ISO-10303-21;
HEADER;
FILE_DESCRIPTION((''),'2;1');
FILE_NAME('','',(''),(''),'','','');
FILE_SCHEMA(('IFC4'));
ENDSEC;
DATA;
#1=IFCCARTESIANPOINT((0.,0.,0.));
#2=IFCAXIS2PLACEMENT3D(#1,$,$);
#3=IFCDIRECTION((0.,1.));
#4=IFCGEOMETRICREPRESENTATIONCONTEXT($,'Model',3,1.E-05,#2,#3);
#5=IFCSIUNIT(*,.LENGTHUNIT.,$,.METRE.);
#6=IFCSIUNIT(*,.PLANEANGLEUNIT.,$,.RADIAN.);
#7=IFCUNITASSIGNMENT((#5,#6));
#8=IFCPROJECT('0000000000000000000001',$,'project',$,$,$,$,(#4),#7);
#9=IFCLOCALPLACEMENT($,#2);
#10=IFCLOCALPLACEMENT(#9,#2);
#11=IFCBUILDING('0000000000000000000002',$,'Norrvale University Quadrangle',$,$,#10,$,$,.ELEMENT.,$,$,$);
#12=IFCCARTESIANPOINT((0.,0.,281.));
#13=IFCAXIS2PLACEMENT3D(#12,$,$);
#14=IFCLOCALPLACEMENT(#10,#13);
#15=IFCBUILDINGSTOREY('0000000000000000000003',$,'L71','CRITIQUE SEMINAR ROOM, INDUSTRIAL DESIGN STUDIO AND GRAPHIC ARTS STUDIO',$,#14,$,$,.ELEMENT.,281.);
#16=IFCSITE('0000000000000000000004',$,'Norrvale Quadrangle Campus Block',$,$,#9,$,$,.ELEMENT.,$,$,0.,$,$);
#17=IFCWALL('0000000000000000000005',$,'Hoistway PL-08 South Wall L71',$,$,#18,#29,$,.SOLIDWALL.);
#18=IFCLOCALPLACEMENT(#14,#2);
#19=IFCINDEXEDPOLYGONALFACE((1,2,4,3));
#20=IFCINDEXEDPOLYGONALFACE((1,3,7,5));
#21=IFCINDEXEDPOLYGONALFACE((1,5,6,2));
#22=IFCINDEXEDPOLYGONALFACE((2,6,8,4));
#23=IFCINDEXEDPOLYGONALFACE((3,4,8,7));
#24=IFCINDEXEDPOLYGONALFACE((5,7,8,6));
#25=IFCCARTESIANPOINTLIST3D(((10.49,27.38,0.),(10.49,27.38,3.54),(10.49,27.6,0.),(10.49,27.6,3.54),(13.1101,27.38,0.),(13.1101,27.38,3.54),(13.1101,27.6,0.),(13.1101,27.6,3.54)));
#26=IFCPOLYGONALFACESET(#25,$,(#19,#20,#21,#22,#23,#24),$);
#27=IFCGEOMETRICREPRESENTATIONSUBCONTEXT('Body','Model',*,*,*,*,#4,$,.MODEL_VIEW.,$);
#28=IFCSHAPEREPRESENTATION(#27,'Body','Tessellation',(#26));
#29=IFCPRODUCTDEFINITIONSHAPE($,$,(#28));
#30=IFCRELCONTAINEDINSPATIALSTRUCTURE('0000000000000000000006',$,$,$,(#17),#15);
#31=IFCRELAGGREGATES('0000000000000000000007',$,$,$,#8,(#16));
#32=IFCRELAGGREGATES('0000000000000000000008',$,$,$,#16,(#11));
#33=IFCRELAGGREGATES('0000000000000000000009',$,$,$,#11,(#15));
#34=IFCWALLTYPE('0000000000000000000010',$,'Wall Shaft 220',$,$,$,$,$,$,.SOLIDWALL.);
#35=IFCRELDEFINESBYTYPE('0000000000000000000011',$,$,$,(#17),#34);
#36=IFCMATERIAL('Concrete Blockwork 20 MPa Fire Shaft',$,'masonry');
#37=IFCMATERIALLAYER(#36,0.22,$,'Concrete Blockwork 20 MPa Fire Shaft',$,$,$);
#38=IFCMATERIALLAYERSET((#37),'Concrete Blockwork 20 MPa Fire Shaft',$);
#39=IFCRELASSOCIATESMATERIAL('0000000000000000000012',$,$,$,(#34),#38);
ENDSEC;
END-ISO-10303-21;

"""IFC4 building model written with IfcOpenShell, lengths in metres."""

from ifc_helpers import new_model, si_unit, direction, frame, frame_2d, origin, place, context, subcontext, project, spatial, rectangle, extrude, material, layer, layer_set, type_object, element, save


model = new_model("IFC4")

# Units and contexts
model_context = context("Model", 3, precision=1e-05, world=origin(), true_north=direction((0.0, 1.0)))
body_context = subcontext(model_context, "Body", "Model", "MODEL_VIEW")
ifc_project = project(units=[si_unit("LENGTHUNIT", "METRE"), si_unit("PLANEANGLEUNIT", "RADIAN")], contexts=[model_context])

# Site, building, storey
site_placement = place(None, origin())
site = spatial("IfcSite", under=ifc_project, at=site_placement, Name="Norrvale Quadrangle Campus Block", CompositionType="ELEMENT", RefElevation=0.0)
building_placement = place(site_placement, origin())
building = spatial("IfcBuilding", under=site, at=building_placement, Name="Norrvale University Quadrangle", CompositionType="ELEMENT")
storey_placement = place(building_placement, frame((0.0, 0.0, 281.0)))
storey = spatial("IfcBuildingStorey", under=building, at=storey_placement, Name="L71", Description="CRITIQUE SEMINAR ROOM, INDUSTRIAL DESIGN STUDIO AND GRAPHIC ARTS STUDIO", CompositionType="ELEMENT", Elevation=281.0)

# Shared definitions
ifc_material_1 = material(Name="Concrete Blockwork 20 MPa Fire Shaft", Category="masonry")
ifc_layer_1 = layer(ifc_material_1, 0.22, Name="Concrete Blockwork 20 MPa Fire Shaft")
ifc_layer_set_1 = layer_set([ifc_layer_1], Name="Concrete Blockwork 20 MPa Fire Shaft")
wall_type_1 = type_object("IfcWallType", Name="Wall Shaft 220", PredefinedType="SOLIDWALL", material=ifc_layer_set_1)

# Wall
for number, where, z_axis, x_axis, name in (
    (1, (10.49, 27.49, 0.0), (0.0, 0.0, 1.0), (1.0, 0.0, 0.0), "Hoistway PL-08 South Wall L71"),
):
    element("IfcWall", number, at=place(storey_placement, frame(where, z_axis=z_axis, x_axis=x_axis)), inside=storey, type_object=wall_type_1, Name=name, PredefinedType="SOLIDWALL", context=body_context, shape_type="SweptSolid", body=[
        extrude(rectangle(XDim=2.6201, YDim=0.22, at=frame_2d((1.3101, 0.0))), origin(), (0.0, 0.0, 1.0), 3.54),
    ])

save(model, "model.ifc")
